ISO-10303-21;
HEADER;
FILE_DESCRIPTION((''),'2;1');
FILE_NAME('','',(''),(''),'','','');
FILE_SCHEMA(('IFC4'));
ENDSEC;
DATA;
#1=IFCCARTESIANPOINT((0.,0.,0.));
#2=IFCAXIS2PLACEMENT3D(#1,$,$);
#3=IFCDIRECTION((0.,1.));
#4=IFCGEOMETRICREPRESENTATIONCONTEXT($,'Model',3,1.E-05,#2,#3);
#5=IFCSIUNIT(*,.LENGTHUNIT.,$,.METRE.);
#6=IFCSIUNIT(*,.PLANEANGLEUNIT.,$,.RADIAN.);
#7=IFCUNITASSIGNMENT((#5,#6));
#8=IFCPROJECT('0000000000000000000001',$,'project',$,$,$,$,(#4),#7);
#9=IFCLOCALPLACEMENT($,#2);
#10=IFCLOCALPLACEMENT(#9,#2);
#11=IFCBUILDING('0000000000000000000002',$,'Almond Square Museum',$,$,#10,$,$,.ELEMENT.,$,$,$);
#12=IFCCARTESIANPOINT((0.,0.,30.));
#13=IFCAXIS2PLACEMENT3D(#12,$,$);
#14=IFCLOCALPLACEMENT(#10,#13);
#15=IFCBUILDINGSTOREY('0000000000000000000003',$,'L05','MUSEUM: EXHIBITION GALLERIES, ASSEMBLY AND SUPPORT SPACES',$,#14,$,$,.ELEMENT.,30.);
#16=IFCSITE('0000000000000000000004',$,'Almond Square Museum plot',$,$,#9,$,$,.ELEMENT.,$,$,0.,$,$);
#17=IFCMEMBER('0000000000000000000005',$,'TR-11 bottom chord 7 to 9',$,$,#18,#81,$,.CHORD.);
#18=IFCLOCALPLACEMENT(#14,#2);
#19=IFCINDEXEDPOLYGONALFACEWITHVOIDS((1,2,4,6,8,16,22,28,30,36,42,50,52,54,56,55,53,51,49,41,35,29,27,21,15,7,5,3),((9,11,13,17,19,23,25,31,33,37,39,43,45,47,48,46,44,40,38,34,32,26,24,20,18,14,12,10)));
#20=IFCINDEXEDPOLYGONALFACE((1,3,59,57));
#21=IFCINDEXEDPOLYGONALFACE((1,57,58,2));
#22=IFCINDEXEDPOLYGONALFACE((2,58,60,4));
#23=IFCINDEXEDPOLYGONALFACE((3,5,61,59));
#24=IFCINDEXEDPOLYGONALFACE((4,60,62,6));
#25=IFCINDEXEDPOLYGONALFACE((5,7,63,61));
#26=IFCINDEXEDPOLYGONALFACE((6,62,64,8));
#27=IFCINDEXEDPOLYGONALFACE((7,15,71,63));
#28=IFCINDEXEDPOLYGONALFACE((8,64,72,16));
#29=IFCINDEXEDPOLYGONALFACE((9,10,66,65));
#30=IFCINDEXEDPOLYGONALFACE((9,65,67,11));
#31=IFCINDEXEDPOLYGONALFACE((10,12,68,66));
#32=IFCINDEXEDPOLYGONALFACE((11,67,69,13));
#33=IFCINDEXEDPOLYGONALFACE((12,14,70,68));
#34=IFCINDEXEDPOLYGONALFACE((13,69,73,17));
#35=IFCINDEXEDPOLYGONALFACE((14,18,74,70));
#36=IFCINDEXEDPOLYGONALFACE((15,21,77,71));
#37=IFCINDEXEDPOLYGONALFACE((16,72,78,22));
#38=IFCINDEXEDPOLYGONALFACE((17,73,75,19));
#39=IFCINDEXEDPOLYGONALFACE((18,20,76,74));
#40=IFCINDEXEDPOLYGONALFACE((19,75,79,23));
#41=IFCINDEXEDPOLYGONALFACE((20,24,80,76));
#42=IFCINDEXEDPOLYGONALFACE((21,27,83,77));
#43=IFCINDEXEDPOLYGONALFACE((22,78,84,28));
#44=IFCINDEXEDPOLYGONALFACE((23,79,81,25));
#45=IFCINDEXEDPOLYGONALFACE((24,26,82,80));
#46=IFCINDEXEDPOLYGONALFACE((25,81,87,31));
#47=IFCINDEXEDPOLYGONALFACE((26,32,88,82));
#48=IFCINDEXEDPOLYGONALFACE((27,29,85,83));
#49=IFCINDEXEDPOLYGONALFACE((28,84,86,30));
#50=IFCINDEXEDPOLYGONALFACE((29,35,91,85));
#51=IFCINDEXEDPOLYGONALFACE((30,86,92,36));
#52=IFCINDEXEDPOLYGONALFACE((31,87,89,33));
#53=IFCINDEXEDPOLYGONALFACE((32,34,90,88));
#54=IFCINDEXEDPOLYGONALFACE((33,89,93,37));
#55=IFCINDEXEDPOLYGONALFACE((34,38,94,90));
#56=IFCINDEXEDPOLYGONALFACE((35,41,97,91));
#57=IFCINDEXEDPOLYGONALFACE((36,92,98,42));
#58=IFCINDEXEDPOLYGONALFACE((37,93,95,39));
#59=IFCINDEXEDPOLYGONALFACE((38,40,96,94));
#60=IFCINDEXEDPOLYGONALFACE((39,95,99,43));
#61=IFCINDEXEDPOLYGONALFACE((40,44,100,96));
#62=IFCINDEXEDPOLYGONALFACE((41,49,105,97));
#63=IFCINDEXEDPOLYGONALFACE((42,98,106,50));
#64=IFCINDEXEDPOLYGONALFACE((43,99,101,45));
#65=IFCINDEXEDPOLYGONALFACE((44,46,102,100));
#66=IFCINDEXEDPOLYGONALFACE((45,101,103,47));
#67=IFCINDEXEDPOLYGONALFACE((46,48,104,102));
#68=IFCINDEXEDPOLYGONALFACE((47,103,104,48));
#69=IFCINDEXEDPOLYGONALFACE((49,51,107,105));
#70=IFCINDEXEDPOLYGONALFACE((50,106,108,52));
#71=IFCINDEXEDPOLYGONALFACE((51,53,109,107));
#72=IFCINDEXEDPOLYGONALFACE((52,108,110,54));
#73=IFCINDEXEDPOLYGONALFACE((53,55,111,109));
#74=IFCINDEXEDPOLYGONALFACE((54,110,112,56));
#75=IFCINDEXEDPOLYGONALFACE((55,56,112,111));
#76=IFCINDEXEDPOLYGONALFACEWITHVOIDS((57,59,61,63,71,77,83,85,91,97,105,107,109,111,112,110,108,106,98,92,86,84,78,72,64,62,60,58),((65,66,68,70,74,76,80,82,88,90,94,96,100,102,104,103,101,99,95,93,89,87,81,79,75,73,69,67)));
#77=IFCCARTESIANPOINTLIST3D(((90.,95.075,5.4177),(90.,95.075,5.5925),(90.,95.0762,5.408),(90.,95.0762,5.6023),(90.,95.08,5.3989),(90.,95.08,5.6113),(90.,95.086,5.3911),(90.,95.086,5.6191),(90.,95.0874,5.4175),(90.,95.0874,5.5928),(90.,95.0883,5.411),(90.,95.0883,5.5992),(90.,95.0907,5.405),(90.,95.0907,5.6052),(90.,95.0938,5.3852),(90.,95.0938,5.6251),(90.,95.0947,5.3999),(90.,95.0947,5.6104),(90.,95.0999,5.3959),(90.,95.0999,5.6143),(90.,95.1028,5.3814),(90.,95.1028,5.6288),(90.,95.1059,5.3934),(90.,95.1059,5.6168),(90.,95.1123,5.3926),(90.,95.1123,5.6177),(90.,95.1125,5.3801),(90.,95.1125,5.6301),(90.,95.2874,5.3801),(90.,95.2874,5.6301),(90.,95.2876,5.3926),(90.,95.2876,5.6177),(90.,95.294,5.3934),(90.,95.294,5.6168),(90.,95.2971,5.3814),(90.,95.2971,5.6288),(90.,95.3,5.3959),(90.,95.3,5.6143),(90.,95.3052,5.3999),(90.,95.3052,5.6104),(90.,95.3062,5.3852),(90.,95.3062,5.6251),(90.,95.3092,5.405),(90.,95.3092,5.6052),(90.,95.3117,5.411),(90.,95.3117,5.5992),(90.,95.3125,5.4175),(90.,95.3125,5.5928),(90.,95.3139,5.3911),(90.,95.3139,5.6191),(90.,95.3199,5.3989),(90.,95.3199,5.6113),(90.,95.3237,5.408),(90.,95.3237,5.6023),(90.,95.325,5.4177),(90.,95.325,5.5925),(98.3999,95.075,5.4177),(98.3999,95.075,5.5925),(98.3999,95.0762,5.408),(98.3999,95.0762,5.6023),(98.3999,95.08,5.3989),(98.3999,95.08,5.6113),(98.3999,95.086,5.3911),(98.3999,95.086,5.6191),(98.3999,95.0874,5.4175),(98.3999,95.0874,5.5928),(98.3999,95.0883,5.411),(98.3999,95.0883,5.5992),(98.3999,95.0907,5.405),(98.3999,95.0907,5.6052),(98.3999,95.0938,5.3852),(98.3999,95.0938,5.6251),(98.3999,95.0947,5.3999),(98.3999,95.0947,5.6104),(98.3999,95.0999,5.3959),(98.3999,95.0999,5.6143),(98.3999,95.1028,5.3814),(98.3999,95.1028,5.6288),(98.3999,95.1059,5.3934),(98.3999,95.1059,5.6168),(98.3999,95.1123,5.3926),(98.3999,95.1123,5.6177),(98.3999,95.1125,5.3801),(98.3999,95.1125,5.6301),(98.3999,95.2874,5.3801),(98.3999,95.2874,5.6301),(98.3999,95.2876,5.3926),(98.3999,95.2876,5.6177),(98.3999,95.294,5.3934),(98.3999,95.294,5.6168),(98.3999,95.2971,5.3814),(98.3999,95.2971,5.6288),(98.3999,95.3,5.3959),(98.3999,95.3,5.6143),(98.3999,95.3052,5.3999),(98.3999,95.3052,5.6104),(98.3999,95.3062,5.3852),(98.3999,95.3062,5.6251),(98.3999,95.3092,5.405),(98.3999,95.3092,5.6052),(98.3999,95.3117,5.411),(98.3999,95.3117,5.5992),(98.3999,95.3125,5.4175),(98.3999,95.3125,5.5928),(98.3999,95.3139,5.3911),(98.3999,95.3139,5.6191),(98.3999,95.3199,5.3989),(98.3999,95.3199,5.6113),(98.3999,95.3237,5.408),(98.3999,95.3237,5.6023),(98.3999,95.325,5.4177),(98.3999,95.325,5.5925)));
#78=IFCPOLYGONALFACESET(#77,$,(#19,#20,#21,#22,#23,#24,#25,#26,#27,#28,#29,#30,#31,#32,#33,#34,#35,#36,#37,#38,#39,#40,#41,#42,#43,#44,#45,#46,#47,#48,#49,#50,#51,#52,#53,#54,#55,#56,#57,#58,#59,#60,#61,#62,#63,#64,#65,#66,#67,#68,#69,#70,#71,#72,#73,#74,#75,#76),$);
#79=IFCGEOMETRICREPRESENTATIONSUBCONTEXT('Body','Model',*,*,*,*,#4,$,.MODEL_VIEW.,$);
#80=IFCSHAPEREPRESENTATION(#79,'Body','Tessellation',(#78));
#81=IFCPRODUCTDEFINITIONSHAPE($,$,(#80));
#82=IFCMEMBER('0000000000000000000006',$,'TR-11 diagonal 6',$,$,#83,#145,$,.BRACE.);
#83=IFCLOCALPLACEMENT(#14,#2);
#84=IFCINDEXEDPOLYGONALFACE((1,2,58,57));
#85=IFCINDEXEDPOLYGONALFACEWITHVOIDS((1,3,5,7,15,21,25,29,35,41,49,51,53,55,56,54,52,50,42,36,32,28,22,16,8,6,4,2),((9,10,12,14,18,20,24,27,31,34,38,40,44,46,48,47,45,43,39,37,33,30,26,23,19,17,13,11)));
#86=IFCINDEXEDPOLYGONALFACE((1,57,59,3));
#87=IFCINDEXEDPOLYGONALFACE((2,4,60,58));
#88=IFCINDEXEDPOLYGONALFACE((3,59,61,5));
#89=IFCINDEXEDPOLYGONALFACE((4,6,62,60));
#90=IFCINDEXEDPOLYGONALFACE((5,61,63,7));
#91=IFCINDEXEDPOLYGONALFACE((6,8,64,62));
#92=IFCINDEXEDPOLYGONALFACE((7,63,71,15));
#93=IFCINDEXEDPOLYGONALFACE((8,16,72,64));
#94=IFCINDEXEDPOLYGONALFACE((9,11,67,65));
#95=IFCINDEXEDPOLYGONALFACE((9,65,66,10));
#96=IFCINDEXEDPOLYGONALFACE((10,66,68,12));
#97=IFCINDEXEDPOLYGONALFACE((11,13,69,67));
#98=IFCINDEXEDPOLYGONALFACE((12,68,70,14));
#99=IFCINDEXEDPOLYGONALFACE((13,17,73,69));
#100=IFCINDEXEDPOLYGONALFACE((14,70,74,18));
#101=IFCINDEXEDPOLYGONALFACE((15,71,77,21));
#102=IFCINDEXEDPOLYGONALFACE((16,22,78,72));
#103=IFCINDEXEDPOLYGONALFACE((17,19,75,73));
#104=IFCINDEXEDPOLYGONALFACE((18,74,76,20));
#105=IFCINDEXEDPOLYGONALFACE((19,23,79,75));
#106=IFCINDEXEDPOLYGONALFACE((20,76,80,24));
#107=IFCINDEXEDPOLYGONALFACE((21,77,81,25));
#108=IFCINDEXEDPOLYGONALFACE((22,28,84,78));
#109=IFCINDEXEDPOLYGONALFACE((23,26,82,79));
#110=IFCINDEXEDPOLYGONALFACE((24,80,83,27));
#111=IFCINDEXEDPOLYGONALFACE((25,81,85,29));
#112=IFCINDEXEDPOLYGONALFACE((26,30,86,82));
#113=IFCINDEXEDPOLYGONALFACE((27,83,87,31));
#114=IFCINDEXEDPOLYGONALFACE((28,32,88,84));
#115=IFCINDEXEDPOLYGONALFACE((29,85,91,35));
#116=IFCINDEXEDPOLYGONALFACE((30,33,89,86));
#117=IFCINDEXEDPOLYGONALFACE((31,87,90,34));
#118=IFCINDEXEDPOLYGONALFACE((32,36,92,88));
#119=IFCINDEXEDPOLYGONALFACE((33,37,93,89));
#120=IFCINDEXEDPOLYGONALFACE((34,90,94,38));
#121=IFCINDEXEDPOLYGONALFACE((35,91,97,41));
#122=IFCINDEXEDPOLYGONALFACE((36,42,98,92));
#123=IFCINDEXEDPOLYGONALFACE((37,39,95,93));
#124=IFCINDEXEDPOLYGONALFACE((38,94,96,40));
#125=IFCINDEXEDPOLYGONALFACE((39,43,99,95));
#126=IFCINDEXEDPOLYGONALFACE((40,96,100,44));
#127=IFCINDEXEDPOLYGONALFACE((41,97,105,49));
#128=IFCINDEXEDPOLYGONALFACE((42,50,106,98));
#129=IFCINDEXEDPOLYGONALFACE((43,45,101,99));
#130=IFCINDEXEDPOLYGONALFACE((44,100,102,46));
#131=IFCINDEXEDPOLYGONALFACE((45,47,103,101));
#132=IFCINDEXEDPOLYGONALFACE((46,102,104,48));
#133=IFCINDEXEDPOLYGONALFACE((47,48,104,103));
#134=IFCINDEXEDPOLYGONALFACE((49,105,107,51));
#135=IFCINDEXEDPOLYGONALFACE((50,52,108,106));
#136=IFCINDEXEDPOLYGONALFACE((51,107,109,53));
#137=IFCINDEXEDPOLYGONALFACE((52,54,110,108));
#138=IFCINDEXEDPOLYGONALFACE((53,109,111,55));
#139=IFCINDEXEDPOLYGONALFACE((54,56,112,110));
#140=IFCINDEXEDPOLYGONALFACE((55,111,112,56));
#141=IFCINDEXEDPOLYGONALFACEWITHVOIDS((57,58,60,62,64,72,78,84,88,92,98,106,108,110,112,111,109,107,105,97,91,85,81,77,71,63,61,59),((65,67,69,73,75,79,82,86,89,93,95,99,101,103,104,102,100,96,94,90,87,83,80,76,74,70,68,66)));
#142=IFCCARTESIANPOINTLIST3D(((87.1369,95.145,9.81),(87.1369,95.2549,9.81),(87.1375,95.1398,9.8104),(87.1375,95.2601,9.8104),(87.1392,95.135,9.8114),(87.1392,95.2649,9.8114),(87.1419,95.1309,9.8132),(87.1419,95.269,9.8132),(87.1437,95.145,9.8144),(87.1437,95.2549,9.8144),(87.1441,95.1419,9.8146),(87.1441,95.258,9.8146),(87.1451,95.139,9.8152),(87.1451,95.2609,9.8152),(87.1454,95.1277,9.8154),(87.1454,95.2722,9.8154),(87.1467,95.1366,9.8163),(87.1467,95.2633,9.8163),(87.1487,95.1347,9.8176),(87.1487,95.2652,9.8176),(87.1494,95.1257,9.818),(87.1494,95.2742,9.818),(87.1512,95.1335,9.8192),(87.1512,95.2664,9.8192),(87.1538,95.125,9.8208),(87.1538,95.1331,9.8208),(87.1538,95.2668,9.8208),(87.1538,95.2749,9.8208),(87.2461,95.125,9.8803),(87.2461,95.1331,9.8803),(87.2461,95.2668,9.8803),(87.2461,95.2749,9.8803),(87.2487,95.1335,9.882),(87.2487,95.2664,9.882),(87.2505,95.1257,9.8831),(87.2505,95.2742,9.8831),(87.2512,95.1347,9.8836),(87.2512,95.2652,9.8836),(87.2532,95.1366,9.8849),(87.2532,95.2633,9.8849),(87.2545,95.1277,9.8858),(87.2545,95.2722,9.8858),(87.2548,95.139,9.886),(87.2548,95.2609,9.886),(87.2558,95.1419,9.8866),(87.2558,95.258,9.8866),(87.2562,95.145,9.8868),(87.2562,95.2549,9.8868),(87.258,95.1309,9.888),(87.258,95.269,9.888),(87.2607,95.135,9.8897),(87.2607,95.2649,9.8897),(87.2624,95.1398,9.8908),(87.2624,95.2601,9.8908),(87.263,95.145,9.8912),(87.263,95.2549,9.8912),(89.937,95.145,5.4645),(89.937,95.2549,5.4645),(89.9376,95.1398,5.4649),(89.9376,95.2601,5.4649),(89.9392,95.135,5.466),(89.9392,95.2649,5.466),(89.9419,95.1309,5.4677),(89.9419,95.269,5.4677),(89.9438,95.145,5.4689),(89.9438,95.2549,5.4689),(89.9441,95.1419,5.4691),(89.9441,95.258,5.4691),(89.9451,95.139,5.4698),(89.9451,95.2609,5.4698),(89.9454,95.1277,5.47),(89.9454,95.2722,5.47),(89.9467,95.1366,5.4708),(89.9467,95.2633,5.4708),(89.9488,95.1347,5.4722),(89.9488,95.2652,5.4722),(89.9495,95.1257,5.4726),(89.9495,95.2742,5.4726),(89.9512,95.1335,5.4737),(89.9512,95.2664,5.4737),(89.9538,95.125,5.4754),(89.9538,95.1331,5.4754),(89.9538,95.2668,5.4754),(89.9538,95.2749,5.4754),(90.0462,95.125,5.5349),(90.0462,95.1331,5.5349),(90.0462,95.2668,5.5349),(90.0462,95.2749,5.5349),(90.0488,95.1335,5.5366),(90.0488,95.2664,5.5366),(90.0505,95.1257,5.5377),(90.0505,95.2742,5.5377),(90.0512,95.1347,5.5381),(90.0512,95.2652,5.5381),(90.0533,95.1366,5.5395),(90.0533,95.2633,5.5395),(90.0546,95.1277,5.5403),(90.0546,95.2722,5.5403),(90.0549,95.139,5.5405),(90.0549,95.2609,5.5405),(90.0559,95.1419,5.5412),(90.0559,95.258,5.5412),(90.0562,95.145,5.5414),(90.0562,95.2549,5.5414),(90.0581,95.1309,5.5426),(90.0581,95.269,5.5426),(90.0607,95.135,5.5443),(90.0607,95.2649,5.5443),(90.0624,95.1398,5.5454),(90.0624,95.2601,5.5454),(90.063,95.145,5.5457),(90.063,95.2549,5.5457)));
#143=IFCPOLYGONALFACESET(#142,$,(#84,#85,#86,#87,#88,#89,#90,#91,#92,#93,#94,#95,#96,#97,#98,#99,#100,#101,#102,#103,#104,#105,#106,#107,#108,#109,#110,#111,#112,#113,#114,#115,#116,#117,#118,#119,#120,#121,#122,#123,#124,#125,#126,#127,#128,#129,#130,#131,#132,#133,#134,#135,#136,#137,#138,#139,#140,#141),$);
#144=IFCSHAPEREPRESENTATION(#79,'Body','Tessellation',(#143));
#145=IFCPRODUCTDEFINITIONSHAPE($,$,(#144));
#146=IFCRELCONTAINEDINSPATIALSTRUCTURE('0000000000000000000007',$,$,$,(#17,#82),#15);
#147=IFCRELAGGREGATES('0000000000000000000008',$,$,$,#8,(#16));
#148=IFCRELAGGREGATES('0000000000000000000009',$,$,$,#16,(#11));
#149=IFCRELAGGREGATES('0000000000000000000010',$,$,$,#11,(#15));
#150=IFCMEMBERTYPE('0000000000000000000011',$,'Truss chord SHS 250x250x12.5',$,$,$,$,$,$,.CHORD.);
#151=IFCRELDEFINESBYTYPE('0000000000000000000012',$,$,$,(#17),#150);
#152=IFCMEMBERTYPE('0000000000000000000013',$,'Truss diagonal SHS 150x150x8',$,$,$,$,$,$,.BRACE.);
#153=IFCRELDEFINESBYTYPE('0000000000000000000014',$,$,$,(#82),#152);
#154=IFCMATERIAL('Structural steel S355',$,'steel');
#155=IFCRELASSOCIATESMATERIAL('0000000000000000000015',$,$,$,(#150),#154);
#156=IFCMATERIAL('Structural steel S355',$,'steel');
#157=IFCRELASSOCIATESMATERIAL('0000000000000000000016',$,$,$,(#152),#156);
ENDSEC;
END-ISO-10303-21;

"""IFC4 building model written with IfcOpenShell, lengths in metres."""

from ifc_helpers import new_model, si_unit, direction, frame, origin, origin_2d, place, context, subcontext, project, spatial, hollow_rectangle, extrude, material, material_profile, profile_set, type_object, element, save


model = new_model("IFC4")

# Units and contexts
model_context = context("Model", 3, precision=1e-05, world=origin(), true_north=direction((0.0, 1.0)))
body_context = subcontext(model_context, "Body", "Model", "MODEL_VIEW")
ifc_project = project(units=[si_unit("LENGTHUNIT", "METRE"), si_unit("PLANEANGLEUNIT", "RADIAN")], contexts=[model_context])

# Site, building, storey
site_placement = place(None, origin())
site = spatial("IfcSite", under=ifc_project, at=site_placement, Name="Almond Square Museum plot", CompositionType="ELEMENT", RefElevation=0.0)
building_placement = place(site_placement, origin())
building = spatial("IfcBuilding", under=site, at=building_placement, Name="Almond Square Museum", CompositionType="ELEMENT")
storey_placement = place(building_placement, frame((0.0, 0.0, 30.0)))
storey = spatial("IfcBuildingStorey", under=building, at=storey_placement, Name="L05", Description="MUSEUM: EXHIBITION GALLERIES, ASSEMBLY AND SUPPORT SPACES", CompositionType="ELEMENT", Elevation=30.0)

# Members
ifc_material_1 = material(Name="Structural steel S355", Category="steel")
ifc_material_profile_1 = material_profile(ifc_material_1, hollow_rectangle(XDim=0.25, YDim=0.25, WallThickness=0.0125, InnerFilletRadius=0.0249, OuterFilletRadius=0.0376, at=origin_2d()))
ifc_profile_set_1 = profile_set([ifc_material_profile_1], Name="Structural steel S355")
member_type_1 = type_object("IfcMemberType", Name="Truss chord SHS 250x250x12.5", PredefinedType="CHORD", material=ifc_profile_set_1)
member_1_placement = place(storey_placement, frame((90.0, 95.2, 5.5051), z_axis=(1.0, 0.0, 0.0), x_axis=(0.0, 1.0, 0.0)))
element("IfcMember", 1, at=member_1_placement, inside=storey, type_object=member_type_1, Name="TR-11 bottom chord 7 to 9", PredefinedType="CHORD", context=body_context, shape_type="SweptSolid", body=[
    extrude(hollow_rectangle(XDim=0.25, YDim=0.25, WallThickness=0.0125, InnerFilletRadius=0.0249, OuterFilletRadius=0.0376, at=origin_2d()), origin(), (0.0, 0.0, 1.0), 8.3999),
])
ifc_material_2 = material(Name="Structural steel S355", Category="steel")
ifc_material_profile_2 = material_profile(ifc_material_2, hollow_rectangle(XDim=0.1499, YDim=0.1499, WallThickness=0.0081, InnerFilletRadius=0.012, OuterFilletRadius=0.02, at=origin_2d()))
ifc_profile_set_2 = profile_set([ifc_material_profile_2], Name="Structural steel S355")
member_type_2 = type_object("IfcMemberType", Name="Truss diagonal SHS 150x150x8", PredefinedType="BRACE", material=ifc_profile_set_2)
for number, where, z_axis, x_axis, name in (
    (2, (87.2, 95.2, 9.8506), (0.541652, 0.0, -0.840603), (0.0, 1.0, 0.0), "TR-11 diagonal 6"),
):
    element("IfcMember", number, at=place(storey_placement, frame(where, z_axis=z_axis, x_axis=x_axis)), inside=storey, type_object=member_type_2, Name=name, PredefinedType="BRACE", context=body_context, shape_type="SweptSolid", body=[
        extrude(hollow_rectangle(XDim=0.1499, YDim=0.1499, WallThickness=0.0081, InnerFilletRadius=0.012, OuterFilletRadius=0.02, at=origin_2d()), origin(), (0.0, 0.0, 1.0), 5.1694),
    ])

save(model, "model.ifc")
